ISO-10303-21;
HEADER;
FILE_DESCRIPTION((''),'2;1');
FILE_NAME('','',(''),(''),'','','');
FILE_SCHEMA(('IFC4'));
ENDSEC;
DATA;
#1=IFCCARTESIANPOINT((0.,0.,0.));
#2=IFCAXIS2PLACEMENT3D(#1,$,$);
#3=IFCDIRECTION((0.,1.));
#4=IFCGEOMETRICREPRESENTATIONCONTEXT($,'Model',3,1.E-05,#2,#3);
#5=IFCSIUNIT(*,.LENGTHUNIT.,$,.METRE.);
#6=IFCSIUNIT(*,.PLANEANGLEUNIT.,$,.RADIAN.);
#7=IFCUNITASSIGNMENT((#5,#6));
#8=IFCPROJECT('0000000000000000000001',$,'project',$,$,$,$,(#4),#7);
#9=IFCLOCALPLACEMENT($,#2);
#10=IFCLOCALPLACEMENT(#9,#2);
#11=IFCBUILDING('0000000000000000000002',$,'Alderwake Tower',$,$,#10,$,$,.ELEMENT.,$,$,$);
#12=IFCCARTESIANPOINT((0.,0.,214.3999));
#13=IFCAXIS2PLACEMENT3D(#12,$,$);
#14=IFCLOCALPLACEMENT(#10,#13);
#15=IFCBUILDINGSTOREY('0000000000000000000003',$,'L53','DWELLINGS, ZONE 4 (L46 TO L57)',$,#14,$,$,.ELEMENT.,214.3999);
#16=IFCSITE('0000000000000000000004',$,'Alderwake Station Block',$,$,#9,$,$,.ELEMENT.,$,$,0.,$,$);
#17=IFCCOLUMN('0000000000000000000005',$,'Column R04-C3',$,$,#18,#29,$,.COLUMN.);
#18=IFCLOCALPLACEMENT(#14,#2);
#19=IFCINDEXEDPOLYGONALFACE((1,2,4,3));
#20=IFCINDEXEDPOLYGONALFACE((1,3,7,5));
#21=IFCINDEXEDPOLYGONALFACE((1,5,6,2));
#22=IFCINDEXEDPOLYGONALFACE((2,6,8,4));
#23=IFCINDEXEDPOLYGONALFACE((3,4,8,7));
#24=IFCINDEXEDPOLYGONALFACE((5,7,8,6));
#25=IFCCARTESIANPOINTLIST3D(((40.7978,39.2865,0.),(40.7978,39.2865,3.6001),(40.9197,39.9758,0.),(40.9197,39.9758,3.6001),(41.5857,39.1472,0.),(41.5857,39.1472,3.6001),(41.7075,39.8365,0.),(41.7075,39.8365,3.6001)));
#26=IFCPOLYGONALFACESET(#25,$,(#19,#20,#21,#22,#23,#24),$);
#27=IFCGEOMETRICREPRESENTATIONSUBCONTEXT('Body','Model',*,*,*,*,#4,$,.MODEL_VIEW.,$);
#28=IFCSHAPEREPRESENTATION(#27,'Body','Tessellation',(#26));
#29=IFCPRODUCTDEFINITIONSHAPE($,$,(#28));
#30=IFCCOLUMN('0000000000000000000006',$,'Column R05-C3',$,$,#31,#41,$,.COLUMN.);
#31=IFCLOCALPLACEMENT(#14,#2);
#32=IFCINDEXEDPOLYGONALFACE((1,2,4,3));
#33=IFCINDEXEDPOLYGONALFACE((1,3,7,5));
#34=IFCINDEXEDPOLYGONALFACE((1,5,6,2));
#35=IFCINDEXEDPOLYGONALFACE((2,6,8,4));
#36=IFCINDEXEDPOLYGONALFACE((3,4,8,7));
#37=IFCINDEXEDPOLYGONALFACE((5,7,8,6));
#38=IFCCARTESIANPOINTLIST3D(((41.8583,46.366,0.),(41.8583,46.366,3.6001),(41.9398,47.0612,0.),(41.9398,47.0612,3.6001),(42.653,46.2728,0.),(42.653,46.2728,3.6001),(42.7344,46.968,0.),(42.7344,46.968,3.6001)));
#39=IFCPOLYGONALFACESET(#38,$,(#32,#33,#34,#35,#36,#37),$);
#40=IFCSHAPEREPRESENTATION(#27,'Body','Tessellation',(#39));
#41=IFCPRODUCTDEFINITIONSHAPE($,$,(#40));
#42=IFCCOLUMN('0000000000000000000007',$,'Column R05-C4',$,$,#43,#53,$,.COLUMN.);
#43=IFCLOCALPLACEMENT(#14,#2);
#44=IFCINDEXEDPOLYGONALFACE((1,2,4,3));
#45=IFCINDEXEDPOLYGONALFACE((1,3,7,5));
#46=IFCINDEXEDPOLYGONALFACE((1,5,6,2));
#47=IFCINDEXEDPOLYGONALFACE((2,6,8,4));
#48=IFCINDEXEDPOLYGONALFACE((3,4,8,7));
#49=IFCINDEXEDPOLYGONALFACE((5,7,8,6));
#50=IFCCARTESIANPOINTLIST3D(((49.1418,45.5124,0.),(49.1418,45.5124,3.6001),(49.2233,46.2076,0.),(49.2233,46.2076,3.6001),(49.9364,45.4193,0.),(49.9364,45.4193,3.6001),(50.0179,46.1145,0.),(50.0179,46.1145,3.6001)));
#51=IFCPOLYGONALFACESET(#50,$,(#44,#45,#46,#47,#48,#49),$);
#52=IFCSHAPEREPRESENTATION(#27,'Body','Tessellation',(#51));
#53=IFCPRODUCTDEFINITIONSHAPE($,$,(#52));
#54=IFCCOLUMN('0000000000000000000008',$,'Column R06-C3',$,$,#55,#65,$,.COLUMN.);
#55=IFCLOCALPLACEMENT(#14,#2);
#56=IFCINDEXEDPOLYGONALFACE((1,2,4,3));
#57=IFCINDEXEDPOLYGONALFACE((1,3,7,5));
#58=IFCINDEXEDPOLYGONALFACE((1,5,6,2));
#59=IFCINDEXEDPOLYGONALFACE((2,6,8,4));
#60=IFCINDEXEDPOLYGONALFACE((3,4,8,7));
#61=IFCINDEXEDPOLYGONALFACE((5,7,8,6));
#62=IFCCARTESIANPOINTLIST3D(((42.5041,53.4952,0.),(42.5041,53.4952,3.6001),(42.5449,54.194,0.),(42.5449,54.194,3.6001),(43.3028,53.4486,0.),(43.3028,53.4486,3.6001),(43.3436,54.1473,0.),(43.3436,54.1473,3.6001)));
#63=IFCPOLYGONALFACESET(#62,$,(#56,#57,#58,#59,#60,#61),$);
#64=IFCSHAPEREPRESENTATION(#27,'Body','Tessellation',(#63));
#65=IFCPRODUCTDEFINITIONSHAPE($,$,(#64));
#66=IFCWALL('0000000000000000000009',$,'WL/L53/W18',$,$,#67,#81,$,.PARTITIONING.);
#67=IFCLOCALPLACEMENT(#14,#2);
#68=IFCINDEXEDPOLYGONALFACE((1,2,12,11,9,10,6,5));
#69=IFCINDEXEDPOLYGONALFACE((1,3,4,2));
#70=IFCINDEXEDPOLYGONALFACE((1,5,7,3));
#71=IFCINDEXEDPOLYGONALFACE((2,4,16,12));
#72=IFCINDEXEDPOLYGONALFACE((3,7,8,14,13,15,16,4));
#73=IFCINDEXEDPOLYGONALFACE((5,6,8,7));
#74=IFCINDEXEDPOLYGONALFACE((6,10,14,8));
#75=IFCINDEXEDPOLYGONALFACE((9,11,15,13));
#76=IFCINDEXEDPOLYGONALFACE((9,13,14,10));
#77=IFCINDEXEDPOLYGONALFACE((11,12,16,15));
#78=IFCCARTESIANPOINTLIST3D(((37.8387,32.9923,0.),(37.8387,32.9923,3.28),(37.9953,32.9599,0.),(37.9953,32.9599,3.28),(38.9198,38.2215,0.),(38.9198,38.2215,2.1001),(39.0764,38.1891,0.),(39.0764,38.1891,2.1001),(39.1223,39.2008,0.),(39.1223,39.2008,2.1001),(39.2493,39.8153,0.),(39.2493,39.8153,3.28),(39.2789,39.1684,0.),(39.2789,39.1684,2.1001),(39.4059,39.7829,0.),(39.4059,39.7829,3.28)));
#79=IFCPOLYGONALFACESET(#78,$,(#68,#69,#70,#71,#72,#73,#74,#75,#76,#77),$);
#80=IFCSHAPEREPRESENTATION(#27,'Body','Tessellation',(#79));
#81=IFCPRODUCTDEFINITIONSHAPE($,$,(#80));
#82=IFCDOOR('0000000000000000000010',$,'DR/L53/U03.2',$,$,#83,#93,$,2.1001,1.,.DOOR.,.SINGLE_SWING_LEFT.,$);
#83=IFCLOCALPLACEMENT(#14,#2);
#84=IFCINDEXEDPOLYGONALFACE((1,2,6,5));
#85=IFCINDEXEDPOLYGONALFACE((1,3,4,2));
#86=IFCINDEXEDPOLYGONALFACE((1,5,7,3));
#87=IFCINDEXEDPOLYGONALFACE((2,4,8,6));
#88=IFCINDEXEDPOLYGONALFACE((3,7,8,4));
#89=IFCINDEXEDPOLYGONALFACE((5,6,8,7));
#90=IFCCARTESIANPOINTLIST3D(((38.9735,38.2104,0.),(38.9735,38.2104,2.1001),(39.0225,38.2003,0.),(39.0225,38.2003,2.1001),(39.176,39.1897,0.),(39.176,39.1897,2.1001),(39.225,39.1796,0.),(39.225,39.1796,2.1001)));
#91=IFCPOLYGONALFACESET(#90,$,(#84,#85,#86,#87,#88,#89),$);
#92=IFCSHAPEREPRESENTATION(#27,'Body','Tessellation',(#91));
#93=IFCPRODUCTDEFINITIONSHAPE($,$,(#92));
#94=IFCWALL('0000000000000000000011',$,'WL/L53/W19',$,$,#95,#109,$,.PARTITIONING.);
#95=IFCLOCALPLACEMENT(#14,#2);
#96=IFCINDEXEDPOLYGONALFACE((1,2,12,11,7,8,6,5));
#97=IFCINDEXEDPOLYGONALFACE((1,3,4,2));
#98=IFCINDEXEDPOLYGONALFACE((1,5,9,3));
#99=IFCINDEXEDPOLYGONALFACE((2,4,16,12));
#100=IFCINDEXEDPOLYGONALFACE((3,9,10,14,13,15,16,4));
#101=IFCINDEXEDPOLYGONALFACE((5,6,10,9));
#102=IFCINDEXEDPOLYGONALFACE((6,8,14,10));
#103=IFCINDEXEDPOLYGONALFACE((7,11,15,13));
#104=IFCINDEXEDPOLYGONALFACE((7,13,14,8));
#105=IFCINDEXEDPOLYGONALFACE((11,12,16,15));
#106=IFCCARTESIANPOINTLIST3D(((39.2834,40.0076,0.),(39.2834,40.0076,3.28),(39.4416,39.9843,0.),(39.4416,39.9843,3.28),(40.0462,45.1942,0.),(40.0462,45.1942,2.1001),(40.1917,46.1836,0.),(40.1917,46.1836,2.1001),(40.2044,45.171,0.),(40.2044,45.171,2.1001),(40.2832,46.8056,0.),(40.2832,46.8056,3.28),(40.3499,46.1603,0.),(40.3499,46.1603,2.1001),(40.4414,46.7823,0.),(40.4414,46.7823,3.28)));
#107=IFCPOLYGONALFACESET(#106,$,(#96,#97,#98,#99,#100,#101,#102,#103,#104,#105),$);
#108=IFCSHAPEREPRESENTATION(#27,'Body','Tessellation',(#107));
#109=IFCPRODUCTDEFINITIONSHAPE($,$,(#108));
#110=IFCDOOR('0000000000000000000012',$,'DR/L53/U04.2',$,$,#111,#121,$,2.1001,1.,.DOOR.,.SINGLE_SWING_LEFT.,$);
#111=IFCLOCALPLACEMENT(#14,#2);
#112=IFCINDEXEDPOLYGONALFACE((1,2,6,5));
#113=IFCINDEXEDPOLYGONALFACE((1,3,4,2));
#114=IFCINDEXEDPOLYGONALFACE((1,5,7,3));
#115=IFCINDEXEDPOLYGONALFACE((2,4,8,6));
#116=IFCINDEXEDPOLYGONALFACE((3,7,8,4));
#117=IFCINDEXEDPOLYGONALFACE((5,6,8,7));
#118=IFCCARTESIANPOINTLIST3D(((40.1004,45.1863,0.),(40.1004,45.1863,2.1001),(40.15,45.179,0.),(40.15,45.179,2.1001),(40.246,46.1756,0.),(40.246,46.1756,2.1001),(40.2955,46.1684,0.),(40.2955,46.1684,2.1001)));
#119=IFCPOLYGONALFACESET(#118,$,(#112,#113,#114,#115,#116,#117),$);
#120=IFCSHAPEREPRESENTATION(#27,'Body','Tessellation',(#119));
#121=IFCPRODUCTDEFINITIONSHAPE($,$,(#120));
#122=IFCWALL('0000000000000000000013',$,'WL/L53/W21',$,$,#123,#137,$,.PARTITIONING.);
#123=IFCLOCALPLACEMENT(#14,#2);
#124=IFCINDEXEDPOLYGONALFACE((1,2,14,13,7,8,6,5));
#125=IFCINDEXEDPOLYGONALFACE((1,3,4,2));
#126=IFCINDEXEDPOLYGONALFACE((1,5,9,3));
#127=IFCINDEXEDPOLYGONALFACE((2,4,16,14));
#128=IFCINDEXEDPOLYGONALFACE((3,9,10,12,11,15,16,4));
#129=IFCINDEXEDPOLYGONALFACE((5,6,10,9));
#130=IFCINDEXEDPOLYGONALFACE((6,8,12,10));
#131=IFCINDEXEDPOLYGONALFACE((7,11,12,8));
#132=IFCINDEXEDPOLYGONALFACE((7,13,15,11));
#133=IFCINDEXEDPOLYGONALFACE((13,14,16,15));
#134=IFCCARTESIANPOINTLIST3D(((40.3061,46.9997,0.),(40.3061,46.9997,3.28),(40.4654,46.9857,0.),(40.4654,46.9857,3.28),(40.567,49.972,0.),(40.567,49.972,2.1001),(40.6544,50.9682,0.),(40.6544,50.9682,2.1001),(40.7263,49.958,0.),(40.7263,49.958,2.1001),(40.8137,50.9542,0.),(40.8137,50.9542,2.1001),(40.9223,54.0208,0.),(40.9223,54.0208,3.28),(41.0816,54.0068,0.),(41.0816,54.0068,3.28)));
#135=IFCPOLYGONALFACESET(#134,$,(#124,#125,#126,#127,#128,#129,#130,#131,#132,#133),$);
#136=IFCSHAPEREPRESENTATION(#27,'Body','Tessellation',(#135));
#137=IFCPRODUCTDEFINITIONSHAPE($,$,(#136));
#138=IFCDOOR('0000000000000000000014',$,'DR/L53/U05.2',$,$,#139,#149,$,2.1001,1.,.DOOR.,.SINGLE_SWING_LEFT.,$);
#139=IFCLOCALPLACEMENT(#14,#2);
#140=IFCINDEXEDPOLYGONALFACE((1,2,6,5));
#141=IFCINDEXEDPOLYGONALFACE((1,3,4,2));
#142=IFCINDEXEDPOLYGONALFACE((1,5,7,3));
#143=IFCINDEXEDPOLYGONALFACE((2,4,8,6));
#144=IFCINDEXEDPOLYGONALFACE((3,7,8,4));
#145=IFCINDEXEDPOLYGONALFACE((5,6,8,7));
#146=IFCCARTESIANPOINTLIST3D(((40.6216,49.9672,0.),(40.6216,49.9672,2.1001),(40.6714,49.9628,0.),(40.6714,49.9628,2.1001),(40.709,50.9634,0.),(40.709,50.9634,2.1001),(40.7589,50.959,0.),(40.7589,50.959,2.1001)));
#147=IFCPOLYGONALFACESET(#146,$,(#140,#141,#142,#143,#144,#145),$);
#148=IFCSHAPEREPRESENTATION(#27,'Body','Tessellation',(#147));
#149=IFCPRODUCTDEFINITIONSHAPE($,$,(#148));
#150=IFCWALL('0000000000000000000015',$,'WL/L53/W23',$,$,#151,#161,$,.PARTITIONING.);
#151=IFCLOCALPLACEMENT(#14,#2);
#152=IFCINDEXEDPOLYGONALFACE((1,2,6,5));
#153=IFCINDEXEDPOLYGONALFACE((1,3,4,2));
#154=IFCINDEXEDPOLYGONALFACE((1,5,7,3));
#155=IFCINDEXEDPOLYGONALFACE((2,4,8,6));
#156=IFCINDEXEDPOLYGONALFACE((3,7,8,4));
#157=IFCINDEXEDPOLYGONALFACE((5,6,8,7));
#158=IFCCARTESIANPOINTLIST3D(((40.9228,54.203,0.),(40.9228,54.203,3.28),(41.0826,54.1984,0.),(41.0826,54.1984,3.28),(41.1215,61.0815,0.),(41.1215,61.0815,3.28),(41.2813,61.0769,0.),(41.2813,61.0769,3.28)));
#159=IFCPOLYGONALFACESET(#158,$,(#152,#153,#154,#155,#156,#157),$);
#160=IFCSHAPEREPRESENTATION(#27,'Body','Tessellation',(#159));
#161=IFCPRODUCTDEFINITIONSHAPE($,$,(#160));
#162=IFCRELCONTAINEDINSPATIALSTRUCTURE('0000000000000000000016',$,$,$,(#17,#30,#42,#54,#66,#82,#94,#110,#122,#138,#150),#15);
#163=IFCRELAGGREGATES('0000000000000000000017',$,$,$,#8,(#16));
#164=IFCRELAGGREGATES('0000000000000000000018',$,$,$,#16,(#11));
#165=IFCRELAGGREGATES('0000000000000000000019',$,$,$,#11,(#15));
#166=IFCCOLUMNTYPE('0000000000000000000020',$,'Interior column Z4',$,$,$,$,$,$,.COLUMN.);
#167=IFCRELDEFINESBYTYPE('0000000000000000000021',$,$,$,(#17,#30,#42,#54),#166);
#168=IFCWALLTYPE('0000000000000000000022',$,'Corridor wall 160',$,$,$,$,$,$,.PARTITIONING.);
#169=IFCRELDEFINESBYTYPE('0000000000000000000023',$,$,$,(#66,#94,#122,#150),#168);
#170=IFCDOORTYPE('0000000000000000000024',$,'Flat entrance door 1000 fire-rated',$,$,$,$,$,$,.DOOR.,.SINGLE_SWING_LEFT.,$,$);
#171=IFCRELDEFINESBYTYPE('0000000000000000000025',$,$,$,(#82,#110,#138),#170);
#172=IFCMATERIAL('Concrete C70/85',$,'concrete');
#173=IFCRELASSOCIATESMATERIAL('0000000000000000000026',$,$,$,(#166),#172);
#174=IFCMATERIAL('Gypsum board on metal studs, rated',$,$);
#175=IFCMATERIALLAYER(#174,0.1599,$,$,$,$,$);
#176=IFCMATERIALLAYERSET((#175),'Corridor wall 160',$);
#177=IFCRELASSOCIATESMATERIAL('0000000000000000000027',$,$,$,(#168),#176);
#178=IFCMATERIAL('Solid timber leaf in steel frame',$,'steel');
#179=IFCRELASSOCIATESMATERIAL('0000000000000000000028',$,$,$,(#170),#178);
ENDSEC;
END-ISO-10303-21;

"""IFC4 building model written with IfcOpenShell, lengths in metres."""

from ifc_helpers import new_model, si_unit, direction, frame, frame_2d, origin, origin_2d, place, context, subcontext, project, spatial, rectangle, extrude, material, layer, layer_set, material_profile, profile_set, type_object, element, fill, save


model = new_model("IFC4")

# Units and contexts
model_context = context("Model", 3, precision=1e-05, world=origin(), true_north=direction((0.0, 1.0)))
body_context = subcontext(model_context, "Body", "Model", "MODEL_VIEW")
ifc_project = project(units=[si_unit("LENGTHUNIT", "METRE"), si_unit("PLANEANGLEUNIT", "RADIAN")], contexts=[model_context])

# Site, building, storey
site_placement = place(None, origin())
site = spatial("IfcSite", under=ifc_project, at=site_placement, Name="Alderwake Station Block", CompositionType="ELEMENT", RefElevation=0.0)
building_placement = place(site_placement, origin())
building = spatial("IfcBuilding", under=site, at=building_placement, Name="Alderwake Tower", CompositionType="ELEMENT")
storey_placement = place(building_placement, frame((0.0, 0.0, 214.3999)))
storey = spatial("IfcBuildingStorey", under=building, at=storey_placement, Name="L53", Description="DWELLINGS, ZONE 4 (L46 TO L57)", CompositionType="ELEMENT", Elevation=214.3999)

# Columns
ifc_material_1 = material(Name="Concrete C70/85", Category="concrete")
ifc_material_profile = material_profile(ifc_material_1, rectangle(XDim=0.7, YDim=0.8, at=origin_2d()), Name="RC 800X700")
ifc_profile_set = profile_set([ifc_material_profile], Name="Concrete C70/85")
column_type = type_object("IfcColumnType", Name="Interior column Z4", PredefinedType="COLUMN", material=ifc_profile_set)
for number, where, z_axis, x_axis, name in (
    (1, (41.2527, 39.5615, 0.0), (0.0, 0.0, 1.0), (0.174109, 0.984726, 0.0), "Column R04-C3"),
    (2, (42.2964, 46.667, 0.0), (0.0, 0.0, 1.0), (0.116402, 0.993202, 0.0), "Column R05-C3"),
    (3, (49.5798, 45.8135, 0.0), (0.0, 0.0, 1.0), (0.116402, 0.993202, 0.0), "Column R05-C4"),
    (4, (42.9238, 53.8213, 0.0), (0.0, 0.0, 1.0), (0.058301, 0.998299, 0.0), "Column R06-C3"),
):
    element("IfcColumn", number, at=place(storey_placement, frame(where, z_axis=z_axis, x_axis=x_axis)), inside=storey, type_object=column_type, Name=name, PredefinedType="COLUMN", context=body_context, shape_type="SweptSolid", body=[
        extrude(rectangle(XDim=0.7, YDim=0.8, at=origin_2d()), origin(), (0.0, 0.0, 1.0), 3.6001),
    ])

# Walls, openings, doors
ifc_material_2 = material(Name="Gypsum board on metal studs, rated")
ifc_layer_1 = layer(ifc_material_2, 0.1599)
ifc_layer_set_1 = layer_set([ifc_layer_1], Name="Corridor wall 160")
wall_type_1 = type_object("IfcWallType", Name="Corridor wall 160", PredefinedType="PARTITIONING", material=ifc_layer_set_1)
wall_1_placement = place(storey_placement, frame((39.3276, 39.7991, 0.0), z_axis=(0.0, 0.0, 1.0), x_axis=(-0.202467, -0.979289, 0.0)))
wall_1 = element("IfcWall", 5, at=wall_1_placement, inside=storey, type_object=wall_type_1, Name="WL/L53/W18", PredefinedType="PARTITIONING", context=body_context, shape_type="SweptSolid", body=[
    extrude(rectangle(XDim=6.9673, YDim=0.1599, at=frame_2d((3.4836, 0.0))), origin(), (0.0, 0.0, 1.0), 3.28),
])
opening_1_placement = place(wall_1_placement, frame((0.6274, 0.0, 0.0)))
opening_1 = element("IfcOpeningElement", 6, at=opening_1_placement, cuts=wall_1, PredefinedType="OPENING", context=body_context, shape_type="SweptSolid", body=[
    extrude(rectangle(XDim=1.0, YDim=2.1001, at=frame_2d((0.5, 1.05))), frame((0.0, 0.0898, 0.0), z_axis=(0.0, -1.0, 0.0), x_axis=(1.0, 0.0, 0.0)), (0.0, 0.0, 1.0), 0.1799),
])
ifc_material_3 = material(Name="Solid timber leaf in steel frame", Category="steel")
door_type_1 = type_object("IfcDoorType", Name="Flat entrance door 1000 fire-rated", OperationType="SINGLE_SWING_LEFT", PredefinedType="DOOR", material=ifc_material_3)
door_1_placement = place(opening_1_placement, origin())
door_1 = element("IfcDoor", 7, at=door_1_placement, inside=storey, type_object=door_type_1, Name="DR/L53/U03.2", OperationType="SINGLE_SWING_LEFT", OverallHeight=2.1001, OverallWidth=1.0, PredefinedType="DOOR", context=body_context, shape_type="SweptSolid", body=[
    extrude(rectangle(XDim=1.0, YDim=2.1001, at=frame_2d((0.5, 1.05))), frame((0.0, 0.0249, 0.0), z_axis=(0.0, -1.0, 0.0), x_axis=(1.0, 0.0, 0.0)), (0.0, 0.0, 1.0), 0.05),
])
fill(opening_1, door_1)
wall_2_placement = place(storey_placement, frame((40.3623, 46.7939, 0.0), z_axis=(0.0, 0.0, 1.0), x_axis=(-0.145504, -0.989358, 0.0)))
wall_2 = element("IfcWall", 8, at=wall_2_placement, inside=storey, type_object=wall_type_1, Name="WL/L53/W19", PredefinedType="PARTITIONING", context=body_context, shape_type="SweptSolid", body=[
    extrude(rectangle(XDim=6.8711, YDim=0.1599, at=frame_2d((3.4355, 0.0))), origin(), (0.0, 0.0, 1.0), 3.28),
])
opening_2_placement = place(wall_2_placement, frame((0.6287, 0.0, 0.0)))
opening_2 = element("IfcOpeningElement", 9, at=opening_2_placement, cuts=wall_2, PredefinedType="OPENING", context=body_context, shape_type="SweptSolid", body=[
    extrude(rectangle(XDim=1.0, YDim=2.1001, at=frame_2d((0.5, 1.05))), frame((0.0, 0.0898, 0.0), z_axis=(0.0, -1.0, 0.0), x_axis=(1.0, 0.0, 0.0)), (0.0, 0.0, 1.0), 0.1799),
])
door_2_placement = place(opening_2_placement, origin())
door_2 = element("IfcDoor", 10, at=door_2_placement, inside=storey, type_object=door_type_1, Name="DR/L53/U04.2", OperationType="SINGLE_SWING_LEFT", OverallHeight=2.1001, OverallWidth=1.0, PredefinedType="DOOR", context=body_context, shape_type="SweptSolid", body=[
    extrude(rectangle(XDim=1.0, YDim=2.1001, at=frame_2d((0.5, 1.05))), frame((0.0, 0.0249, 0.0), z_axis=(0.0, -1.0, 0.0), x_axis=(1.0, 0.0, 0.0)), (0.0, 0.0, 1.0), 0.05),
])
fill(opening_2, door_2)
wall_3_placement = place(storey_placement, frame((41.002, 54.0137, 0.0), z_axis=(0.0, 0.0, 1.0), x_axis=(-0.087431, -0.996171, 0.0)))
wall_3 = element("IfcWall", 11, at=wall_3_placement, inside=storey, type_object=wall_type_1, Name="WL/L53/W21", PredefinedType="PARTITIONING", context=body_context, shape_type="SweptSolid", body=[
    extrude(rectangle(XDim=7.0481, YDim=0.1599, at=frame_2d((3.5239, 0.0))), origin(), (0.0, 0.0, 1.0), 3.28),
])
opening_3_placement = place(wall_3_placement, frame((3.0642, 0.0, 0.0)))
opening_3 = element("IfcOpeningElement", 12, at=opening_3_placement, cuts=wall_3, PredefinedType="OPENING", context=body_context, shape_type="SweptSolid", body=[
    extrude(rectangle(XDim=1.0, YDim=2.1001, at=frame_2d((0.5, 1.05))), frame((0.0, 0.0898, 0.0), z_axis=(0.0, -1.0, 0.0), x_axis=(1.0, 0.0, 0.0)), (0.0, 0.0, 1.0), 0.1799),
])
door_3_placement = place(opening_3_placement, origin())
door_3 = element("IfcDoor", 13, at=door_3_placement, inside=storey, type_object=door_type_1, Name="DR/L53/U05.2", OperationType="SINGLE_SWING_LEFT", OverallHeight=2.1001, OverallWidth=1.0, PredefinedType="DOOR", context=body_context, shape_type="SweptSolid", body=[
    extrude(rectangle(XDim=1.0, YDim=2.1001, at=frame_2d((0.5, 1.05))), frame((0.0, 0.0249, 0.0), z_axis=(0.0, -1.0, 0.0), x_axis=(1.0, 0.0, 0.0)), (0.0, 0.0, 1.0), 0.05),
])
fill(opening_3, door_3)

# Wall
wall_4_placement = place(storey_placement, frame((41.0027, 54.2007, 0.0), z_axis=(0.0, 0.0, 1.0), x_axis=(0.02888, 0.999583, 0.0)))
element("IfcWall", 14, at=wall_4_placement, inside=storey, type_object=wall_type_1, Name="WL/L53/W23", PredefinedType="PARTITIONING", context=body_context, shape_type="SweptSolid", body=[
    extrude(rectangle(XDim=6.8813, YDim=0.1599, at=frame_2d((3.4407, 0.0))), origin(), (0.0, 0.0, 1.0), 3.28),
])

save(model, "model.ifc")
